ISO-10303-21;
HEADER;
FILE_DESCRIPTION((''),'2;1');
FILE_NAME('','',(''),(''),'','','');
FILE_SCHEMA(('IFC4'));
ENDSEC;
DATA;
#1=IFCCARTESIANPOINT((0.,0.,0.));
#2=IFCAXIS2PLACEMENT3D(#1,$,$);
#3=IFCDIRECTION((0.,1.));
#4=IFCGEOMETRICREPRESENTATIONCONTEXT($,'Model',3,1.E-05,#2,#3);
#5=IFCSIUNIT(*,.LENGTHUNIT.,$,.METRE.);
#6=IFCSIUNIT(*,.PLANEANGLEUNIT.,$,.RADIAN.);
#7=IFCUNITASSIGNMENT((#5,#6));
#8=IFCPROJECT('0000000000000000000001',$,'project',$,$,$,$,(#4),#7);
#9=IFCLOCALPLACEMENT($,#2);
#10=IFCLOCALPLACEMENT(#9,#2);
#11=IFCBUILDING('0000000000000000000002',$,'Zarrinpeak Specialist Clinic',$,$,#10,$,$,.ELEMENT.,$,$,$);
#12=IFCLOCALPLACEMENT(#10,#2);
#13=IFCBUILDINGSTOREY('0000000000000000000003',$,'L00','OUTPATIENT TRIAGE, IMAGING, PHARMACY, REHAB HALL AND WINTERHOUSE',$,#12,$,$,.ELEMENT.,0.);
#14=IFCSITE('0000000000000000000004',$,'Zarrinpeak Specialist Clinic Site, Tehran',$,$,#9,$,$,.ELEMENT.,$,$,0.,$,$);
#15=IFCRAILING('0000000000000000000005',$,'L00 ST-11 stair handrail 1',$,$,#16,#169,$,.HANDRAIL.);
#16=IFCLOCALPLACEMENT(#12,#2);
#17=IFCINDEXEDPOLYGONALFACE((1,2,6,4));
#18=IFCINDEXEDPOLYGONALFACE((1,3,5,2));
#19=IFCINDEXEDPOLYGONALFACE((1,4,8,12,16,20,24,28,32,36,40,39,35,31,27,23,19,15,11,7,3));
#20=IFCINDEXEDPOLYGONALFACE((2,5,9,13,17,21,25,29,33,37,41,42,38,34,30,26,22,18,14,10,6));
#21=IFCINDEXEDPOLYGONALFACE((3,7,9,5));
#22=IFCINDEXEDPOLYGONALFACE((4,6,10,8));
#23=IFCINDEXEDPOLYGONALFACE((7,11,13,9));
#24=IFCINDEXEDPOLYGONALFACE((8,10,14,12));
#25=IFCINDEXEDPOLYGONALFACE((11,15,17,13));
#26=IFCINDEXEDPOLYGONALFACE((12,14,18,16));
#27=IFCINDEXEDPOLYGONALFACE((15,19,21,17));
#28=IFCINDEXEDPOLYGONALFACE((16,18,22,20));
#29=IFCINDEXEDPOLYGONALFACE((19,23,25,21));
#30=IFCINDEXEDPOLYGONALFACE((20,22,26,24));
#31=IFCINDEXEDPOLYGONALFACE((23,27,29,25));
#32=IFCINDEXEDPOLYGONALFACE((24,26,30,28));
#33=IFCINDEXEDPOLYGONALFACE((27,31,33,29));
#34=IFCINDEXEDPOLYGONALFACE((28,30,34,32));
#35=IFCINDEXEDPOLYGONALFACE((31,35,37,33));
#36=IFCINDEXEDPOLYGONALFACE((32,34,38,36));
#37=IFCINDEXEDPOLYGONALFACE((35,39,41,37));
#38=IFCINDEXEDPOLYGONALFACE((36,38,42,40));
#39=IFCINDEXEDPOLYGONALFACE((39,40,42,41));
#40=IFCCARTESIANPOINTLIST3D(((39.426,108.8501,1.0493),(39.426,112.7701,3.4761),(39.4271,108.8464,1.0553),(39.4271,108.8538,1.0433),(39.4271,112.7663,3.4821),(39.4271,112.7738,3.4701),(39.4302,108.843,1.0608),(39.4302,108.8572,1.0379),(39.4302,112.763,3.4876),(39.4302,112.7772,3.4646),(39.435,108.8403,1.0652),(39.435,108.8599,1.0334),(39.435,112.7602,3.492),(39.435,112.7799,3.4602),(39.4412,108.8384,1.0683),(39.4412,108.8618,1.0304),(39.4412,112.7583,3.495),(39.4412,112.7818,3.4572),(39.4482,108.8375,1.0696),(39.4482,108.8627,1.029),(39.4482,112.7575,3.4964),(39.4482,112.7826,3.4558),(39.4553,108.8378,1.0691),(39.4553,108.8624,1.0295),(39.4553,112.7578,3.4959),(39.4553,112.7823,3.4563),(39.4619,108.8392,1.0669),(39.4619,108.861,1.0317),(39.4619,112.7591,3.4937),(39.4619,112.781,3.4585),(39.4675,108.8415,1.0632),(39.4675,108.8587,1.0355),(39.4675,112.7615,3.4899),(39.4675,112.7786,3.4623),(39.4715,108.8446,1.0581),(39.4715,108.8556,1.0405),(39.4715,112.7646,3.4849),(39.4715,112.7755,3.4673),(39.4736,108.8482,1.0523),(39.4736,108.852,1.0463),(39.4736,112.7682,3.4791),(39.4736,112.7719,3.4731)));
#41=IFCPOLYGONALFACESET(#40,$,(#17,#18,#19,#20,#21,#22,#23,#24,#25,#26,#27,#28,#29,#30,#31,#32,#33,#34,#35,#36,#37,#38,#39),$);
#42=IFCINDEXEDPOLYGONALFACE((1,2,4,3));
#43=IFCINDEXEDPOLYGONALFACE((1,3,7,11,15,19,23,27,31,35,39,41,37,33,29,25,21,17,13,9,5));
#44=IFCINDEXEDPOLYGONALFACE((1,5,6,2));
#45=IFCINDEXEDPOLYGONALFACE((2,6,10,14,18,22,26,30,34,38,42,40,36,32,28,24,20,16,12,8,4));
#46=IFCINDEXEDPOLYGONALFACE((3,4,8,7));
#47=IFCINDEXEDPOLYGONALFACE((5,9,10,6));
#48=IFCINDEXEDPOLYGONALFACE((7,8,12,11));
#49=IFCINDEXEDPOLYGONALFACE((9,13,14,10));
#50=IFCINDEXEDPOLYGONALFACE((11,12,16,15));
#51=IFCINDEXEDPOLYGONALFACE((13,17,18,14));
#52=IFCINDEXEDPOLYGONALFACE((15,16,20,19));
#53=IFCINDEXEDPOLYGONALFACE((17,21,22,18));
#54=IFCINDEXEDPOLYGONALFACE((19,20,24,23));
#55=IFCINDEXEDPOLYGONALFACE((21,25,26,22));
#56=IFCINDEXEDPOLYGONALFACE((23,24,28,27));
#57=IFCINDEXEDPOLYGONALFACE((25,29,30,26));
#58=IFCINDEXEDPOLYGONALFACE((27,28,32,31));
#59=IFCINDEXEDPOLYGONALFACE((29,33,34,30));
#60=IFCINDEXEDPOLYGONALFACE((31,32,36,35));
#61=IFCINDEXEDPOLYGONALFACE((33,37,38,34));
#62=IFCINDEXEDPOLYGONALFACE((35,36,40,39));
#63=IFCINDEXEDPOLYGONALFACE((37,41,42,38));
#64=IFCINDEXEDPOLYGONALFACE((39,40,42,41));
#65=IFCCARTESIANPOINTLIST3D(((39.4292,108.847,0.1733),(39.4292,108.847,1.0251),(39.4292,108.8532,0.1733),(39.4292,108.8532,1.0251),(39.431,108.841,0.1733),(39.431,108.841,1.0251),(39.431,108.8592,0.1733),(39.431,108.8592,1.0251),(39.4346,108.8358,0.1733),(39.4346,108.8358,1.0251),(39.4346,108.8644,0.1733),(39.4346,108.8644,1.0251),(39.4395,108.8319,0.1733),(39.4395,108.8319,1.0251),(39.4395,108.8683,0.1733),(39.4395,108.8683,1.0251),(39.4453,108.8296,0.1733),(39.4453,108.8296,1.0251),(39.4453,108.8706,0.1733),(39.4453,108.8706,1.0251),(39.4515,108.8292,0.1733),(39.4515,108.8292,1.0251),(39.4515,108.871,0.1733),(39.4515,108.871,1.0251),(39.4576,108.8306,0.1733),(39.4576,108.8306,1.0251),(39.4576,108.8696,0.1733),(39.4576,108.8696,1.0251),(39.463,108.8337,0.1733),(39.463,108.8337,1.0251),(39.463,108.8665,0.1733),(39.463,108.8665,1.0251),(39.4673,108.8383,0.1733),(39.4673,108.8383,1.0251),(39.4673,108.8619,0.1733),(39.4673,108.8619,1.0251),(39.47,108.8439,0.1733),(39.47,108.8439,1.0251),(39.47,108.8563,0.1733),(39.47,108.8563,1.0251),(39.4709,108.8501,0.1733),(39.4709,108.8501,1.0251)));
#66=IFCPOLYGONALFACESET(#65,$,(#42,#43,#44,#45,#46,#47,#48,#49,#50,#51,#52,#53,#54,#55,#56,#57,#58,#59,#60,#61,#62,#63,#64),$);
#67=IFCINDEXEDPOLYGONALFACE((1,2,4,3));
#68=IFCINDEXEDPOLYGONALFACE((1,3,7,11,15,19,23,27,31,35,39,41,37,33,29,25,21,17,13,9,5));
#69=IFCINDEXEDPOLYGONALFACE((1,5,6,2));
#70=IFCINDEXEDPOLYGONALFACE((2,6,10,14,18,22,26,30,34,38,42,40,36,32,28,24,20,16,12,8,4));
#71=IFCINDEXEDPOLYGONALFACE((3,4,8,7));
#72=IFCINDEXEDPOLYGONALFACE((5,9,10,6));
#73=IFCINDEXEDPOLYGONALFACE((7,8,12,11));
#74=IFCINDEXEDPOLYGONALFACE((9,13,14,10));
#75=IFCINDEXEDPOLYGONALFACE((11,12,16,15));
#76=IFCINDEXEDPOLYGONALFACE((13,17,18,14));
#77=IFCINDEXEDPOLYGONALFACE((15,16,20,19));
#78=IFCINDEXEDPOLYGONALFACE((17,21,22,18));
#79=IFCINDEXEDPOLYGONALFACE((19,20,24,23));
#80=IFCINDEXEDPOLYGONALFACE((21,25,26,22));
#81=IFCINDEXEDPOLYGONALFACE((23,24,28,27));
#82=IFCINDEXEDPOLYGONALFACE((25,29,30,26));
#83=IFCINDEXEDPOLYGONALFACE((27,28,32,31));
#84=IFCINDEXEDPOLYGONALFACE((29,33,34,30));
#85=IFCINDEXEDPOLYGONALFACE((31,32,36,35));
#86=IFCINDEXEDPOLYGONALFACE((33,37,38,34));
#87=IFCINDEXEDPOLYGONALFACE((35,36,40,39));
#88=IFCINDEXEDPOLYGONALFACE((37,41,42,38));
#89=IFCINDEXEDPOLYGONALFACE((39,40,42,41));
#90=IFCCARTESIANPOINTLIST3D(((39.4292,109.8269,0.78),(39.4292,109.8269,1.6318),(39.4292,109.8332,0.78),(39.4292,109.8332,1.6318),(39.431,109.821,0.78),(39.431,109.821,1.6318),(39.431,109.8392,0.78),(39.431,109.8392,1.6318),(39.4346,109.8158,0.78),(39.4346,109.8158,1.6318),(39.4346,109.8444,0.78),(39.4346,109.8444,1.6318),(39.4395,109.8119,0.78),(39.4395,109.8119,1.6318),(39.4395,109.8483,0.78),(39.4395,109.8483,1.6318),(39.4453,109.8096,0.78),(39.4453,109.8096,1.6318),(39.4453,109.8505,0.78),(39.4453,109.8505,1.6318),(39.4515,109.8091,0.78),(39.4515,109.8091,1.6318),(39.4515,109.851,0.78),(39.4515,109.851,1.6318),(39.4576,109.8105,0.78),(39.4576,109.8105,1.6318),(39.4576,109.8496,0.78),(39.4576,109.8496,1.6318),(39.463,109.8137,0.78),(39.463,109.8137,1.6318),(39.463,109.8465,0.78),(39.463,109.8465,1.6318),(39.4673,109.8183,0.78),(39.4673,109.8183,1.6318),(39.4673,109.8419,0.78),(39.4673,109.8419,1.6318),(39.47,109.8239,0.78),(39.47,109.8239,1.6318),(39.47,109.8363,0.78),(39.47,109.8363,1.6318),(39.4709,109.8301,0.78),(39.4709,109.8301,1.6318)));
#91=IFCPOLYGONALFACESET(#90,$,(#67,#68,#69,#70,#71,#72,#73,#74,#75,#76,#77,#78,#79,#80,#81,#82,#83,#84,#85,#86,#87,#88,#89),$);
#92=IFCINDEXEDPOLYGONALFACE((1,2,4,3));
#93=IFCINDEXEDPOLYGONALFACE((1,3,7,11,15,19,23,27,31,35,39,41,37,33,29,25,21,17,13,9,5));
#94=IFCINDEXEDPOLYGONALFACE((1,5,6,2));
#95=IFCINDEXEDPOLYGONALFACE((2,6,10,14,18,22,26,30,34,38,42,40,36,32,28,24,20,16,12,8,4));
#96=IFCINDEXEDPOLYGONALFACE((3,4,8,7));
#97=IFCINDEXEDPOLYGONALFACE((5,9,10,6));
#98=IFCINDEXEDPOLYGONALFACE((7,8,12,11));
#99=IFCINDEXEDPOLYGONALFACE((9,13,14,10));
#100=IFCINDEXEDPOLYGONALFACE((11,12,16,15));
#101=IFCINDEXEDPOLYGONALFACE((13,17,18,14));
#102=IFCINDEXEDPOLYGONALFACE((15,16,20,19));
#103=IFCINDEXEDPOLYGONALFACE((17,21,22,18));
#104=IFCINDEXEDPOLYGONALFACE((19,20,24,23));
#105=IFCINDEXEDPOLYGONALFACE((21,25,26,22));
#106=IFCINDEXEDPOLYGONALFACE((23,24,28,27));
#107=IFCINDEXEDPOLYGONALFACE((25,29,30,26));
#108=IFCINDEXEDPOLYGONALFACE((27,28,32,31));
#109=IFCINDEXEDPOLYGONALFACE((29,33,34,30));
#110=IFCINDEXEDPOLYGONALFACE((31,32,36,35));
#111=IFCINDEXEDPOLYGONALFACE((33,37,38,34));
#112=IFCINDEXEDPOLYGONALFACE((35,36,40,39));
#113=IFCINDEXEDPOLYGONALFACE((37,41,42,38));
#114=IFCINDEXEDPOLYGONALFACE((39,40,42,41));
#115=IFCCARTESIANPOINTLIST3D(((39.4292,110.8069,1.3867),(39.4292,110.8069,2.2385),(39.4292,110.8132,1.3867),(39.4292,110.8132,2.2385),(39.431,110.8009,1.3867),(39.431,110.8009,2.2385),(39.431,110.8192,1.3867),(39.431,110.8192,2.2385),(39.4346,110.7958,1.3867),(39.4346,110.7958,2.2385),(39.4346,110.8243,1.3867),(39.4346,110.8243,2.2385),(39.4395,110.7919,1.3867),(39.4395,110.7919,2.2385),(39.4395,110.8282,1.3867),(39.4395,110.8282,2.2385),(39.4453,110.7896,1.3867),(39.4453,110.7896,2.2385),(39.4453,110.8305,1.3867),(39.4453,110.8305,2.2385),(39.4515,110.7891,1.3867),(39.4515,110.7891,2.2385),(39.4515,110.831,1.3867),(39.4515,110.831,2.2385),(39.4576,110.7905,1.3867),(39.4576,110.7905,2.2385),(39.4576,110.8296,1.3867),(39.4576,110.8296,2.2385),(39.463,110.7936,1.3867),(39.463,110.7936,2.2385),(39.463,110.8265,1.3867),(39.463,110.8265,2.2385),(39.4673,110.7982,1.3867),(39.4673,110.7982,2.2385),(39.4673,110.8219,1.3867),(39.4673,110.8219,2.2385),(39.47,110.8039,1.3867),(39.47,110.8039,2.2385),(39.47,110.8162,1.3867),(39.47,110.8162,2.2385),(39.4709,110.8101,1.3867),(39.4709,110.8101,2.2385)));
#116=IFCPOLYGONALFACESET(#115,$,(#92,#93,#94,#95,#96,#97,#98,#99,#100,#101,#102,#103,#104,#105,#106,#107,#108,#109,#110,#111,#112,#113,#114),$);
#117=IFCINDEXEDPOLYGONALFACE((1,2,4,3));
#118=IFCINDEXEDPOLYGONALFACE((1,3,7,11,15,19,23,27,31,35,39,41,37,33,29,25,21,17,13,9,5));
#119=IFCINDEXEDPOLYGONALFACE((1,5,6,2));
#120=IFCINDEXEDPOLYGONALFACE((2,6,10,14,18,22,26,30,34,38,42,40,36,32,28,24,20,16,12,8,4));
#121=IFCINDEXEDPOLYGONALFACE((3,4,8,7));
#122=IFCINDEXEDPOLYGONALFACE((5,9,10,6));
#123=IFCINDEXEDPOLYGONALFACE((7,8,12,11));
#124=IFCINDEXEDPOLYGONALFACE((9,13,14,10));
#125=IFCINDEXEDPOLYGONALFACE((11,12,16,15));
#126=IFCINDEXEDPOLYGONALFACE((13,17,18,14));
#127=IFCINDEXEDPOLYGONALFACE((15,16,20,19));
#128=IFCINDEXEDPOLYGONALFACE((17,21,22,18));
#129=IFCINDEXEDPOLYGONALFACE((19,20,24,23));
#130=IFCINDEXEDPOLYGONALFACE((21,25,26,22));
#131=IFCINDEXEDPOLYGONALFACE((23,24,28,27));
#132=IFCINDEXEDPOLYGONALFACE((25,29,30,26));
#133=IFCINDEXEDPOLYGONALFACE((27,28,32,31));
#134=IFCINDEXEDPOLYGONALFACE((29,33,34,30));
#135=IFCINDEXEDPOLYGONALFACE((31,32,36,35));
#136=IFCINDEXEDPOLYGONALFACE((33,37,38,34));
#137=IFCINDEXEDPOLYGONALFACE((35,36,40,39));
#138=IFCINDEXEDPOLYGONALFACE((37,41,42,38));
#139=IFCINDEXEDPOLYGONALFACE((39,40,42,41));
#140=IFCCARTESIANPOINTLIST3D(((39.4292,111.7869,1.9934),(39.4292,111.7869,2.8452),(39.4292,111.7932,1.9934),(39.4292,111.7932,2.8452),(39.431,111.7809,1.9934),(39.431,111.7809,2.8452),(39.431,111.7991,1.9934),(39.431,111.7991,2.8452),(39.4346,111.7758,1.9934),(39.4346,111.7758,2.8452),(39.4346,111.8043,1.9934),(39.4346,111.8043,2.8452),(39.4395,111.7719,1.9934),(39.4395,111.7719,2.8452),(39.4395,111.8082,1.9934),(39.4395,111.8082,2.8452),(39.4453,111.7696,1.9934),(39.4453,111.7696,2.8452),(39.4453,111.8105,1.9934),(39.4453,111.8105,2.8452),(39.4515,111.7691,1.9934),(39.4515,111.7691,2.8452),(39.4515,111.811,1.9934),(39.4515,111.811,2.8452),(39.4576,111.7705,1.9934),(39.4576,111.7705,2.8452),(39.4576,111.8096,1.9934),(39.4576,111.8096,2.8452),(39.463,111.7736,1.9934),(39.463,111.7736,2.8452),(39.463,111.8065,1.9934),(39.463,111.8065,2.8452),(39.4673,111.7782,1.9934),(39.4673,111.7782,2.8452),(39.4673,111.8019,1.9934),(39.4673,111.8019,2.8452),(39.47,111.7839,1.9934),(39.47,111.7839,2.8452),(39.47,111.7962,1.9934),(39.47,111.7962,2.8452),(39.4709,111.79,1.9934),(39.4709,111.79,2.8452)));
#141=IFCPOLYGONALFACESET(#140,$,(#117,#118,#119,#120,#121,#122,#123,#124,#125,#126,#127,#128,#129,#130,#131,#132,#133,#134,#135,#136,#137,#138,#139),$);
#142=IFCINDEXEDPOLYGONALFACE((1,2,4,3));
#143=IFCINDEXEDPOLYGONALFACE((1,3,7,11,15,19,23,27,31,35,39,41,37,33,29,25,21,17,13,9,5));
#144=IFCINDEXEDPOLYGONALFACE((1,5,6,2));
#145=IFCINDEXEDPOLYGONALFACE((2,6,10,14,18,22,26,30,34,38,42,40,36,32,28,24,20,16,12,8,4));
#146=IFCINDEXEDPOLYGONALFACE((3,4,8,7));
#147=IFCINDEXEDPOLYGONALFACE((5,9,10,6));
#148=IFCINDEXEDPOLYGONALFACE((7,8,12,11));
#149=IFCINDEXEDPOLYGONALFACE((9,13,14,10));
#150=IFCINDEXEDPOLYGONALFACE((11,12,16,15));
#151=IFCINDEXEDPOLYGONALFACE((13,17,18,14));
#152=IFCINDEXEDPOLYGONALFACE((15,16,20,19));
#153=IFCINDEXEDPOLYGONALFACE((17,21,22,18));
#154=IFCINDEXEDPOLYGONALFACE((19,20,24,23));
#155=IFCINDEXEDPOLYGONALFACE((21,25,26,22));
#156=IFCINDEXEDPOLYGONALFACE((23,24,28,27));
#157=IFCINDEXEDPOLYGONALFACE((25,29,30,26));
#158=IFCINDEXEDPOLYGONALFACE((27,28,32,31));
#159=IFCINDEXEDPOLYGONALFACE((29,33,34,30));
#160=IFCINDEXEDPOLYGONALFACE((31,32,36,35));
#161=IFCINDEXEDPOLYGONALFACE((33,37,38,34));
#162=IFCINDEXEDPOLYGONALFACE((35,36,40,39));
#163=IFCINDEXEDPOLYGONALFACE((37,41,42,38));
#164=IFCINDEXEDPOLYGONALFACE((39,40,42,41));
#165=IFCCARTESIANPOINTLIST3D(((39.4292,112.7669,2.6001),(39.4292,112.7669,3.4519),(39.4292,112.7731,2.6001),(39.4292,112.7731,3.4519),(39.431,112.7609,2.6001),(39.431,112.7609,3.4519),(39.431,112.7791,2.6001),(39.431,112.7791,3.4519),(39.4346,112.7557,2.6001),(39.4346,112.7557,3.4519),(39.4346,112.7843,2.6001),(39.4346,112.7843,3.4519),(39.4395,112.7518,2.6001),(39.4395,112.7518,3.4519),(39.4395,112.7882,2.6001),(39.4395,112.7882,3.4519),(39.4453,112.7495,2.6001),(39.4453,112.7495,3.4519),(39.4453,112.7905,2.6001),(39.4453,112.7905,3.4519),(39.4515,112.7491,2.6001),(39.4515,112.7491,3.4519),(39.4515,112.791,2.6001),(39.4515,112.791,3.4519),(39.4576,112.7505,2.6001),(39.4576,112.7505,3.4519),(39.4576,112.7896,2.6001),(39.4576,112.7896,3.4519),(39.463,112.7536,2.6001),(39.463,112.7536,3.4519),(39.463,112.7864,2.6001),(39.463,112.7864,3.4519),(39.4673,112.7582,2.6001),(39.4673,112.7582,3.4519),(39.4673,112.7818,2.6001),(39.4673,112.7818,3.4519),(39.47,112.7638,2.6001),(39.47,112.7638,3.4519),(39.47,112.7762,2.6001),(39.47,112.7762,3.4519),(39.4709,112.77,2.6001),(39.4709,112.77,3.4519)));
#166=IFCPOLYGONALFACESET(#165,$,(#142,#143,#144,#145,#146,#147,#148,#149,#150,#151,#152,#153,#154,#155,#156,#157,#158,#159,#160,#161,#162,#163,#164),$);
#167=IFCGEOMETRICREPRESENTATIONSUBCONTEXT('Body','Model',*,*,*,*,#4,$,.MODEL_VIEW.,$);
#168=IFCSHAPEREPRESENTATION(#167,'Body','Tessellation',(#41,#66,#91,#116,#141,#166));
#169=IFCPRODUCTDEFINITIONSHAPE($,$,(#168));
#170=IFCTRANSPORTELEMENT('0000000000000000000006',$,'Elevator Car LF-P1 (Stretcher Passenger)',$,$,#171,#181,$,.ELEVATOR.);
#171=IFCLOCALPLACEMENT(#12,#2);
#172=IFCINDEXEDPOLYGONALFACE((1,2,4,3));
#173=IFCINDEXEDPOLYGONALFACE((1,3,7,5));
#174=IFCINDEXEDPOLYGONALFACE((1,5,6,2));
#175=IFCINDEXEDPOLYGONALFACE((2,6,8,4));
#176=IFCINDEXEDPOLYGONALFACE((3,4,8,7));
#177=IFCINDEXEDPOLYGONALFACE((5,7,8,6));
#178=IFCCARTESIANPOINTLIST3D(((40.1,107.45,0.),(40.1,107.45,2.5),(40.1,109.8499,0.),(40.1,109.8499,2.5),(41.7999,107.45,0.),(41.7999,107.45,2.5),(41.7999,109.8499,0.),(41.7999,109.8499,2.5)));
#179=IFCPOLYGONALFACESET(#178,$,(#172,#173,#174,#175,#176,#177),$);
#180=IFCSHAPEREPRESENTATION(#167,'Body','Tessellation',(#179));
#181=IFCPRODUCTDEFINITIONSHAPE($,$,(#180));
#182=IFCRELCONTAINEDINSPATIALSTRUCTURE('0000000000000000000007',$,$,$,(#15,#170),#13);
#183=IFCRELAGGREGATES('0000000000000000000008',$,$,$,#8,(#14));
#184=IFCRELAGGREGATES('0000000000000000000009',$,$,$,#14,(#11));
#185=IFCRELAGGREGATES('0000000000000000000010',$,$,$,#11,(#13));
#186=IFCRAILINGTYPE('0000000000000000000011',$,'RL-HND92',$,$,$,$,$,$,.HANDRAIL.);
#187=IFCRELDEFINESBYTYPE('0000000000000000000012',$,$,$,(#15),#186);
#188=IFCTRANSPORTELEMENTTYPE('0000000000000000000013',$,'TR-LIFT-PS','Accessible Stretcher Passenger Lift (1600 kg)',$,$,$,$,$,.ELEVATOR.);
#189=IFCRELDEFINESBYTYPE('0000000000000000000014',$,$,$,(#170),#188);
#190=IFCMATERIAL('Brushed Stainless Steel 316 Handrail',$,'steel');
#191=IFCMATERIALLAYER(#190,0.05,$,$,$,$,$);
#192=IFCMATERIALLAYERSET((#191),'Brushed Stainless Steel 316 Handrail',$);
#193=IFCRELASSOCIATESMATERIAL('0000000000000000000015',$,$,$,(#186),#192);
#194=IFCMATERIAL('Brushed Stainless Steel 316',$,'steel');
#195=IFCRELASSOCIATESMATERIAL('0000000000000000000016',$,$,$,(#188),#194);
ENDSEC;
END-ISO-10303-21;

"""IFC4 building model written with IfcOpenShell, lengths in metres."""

from ifc_helpers import new_model, si_unit, direction, frame, origin, origin_2d, place, context, subcontext, project, spatial, rectangle, circle, extrude, material, layer, layer_set, type_object, element, save


model = new_model("IFC4")

# Units and contexts
model_context = context("Model", 3, precision=1e-05, world=origin(), true_north=direction((0.0, 1.0)))
body_context = subcontext(model_context, "Body", "Model", "MODEL_VIEW")
ifc_project = project(units=[si_unit("LENGTHUNIT", "METRE"), si_unit("PLANEANGLEUNIT", "RADIAN")], contexts=[model_context])

# Site, building, storey
site_placement = place(None, origin())
site = spatial("IfcSite", under=ifc_project, at=site_placement, Name="Zarrinpeak Specialist Clinic Site, Tehran", CompositionType="ELEMENT", RefElevation=0.0)
building_placement = place(site_placement, origin())
building = spatial("IfcBuilding", under=site, at=building_placement, Name="Zarrinpeak Specialist Clinic", CompositionType="ELEMENT")
storey_placement = place(building_placement, origin())
storey = spatial("IfcBuildingStorey", under=building, at=storey_placement, Name="L00", Description="OUTPATIENT TRIAGE, IMAGING, PHARMACY, REHAB HALL AND WINTERHOUSE", CompositionType="ELEMENT", Elevation=0.0)

# Railing
ifc_material_1 = material(Name="Brushed Stainless Steel 316 Handrail", Category="steel")
ifc_layer_1 = layer(ifc_material_1, 0.05)
ifc_layer_set_1 = layer_set([ifc_layer_1], Name="Brushed Stainless Steel 316 Handrail")
railing_type_1 = type_object("IfcRailingType", Name="RL-HND92", PredefinedType="HANDRAIL", material=ifc_layer_set_1)
railing_1_placement = place(storey_placement, frame((39.45, 108.8501, 0.1733)))
element("IfcRailing", 1, at=railing_1_placement, inside=storey, type_object=railing_type_1, Name="L00 ST-11 stair handrail 1", PredefinedType="HANDRAIL", context=body_context, shape_type="SweptSolid", body=[
    extrude(circle(Radius=0.0239, at=origin_2d()), frame((0.0, 0.0, 0.876), z_axis=(0.0, 0.850252, 0.526376), x_axis=(-1.0, 0.0, 0.0)), (0.0, 0.0, 1.0), 4.6104),
    extrude(circle(Radius=0.021, at=origin_2d()), origin(), (0.0, 0.0, 1.0), 0.8518),
    extrude(circle(Radius=0.021, at=origin_2d()), frame((0.0, 0.98, 0.6067)), (0.0, 0.0, 1.0), 0.8518),
    extrude(circle(Radius=0.021, at=origin_2d()), frame((0.0, 1.96, 1.2134)), (0.0, 0.0, 1.0), 0.8518),
    extrude(circle(Radius=0.021, at=origin_2d()), frame((0.0, 2.9399, 1.8201)), (0.0, 0.0, 1.0), 0.8518),
    extrude(circle(Radius=0.021, at=origin_2d()), frame((0.0, 3.9199, 2.4268)), (0.0, 0.0, 1.0), 0.8518),
])

# Transport element
ifc_material_2 = material(Name="Brushed Stainless Steel 316", Category="steel")
transport_element_type = type_object("IfcTransportElementType", Name="TR-LIFT-PS", Description="Accessible Stretcher Passenger Lift (1600 kg)", PredefinedType="ELEVATOR", material=ifc_material_2)
transport_element_placement = place(storey_placement, frame((40.95, 108.6499, 0.0), z_axis=(0.0, 0.0, 1.0), x_axis=(1.0, 0.0, 0.0)))
element("IfcTransportElement", 2, at=transport_element_placement, inside=storey, type_object=transport_element_type, Name="Elevator Car LF-P1 (Stretcher Passenger)", PredefinedType="ELEVATOR", context=body_context, shape_type="SweptSolid", body=[
    extrude(rectangle(XDim=1.7, YDim=2.3999, at=origin_2d()), origin(), (0.0, 0.0, 1.0), 2.5),
])

save(model, "model.ifc")
